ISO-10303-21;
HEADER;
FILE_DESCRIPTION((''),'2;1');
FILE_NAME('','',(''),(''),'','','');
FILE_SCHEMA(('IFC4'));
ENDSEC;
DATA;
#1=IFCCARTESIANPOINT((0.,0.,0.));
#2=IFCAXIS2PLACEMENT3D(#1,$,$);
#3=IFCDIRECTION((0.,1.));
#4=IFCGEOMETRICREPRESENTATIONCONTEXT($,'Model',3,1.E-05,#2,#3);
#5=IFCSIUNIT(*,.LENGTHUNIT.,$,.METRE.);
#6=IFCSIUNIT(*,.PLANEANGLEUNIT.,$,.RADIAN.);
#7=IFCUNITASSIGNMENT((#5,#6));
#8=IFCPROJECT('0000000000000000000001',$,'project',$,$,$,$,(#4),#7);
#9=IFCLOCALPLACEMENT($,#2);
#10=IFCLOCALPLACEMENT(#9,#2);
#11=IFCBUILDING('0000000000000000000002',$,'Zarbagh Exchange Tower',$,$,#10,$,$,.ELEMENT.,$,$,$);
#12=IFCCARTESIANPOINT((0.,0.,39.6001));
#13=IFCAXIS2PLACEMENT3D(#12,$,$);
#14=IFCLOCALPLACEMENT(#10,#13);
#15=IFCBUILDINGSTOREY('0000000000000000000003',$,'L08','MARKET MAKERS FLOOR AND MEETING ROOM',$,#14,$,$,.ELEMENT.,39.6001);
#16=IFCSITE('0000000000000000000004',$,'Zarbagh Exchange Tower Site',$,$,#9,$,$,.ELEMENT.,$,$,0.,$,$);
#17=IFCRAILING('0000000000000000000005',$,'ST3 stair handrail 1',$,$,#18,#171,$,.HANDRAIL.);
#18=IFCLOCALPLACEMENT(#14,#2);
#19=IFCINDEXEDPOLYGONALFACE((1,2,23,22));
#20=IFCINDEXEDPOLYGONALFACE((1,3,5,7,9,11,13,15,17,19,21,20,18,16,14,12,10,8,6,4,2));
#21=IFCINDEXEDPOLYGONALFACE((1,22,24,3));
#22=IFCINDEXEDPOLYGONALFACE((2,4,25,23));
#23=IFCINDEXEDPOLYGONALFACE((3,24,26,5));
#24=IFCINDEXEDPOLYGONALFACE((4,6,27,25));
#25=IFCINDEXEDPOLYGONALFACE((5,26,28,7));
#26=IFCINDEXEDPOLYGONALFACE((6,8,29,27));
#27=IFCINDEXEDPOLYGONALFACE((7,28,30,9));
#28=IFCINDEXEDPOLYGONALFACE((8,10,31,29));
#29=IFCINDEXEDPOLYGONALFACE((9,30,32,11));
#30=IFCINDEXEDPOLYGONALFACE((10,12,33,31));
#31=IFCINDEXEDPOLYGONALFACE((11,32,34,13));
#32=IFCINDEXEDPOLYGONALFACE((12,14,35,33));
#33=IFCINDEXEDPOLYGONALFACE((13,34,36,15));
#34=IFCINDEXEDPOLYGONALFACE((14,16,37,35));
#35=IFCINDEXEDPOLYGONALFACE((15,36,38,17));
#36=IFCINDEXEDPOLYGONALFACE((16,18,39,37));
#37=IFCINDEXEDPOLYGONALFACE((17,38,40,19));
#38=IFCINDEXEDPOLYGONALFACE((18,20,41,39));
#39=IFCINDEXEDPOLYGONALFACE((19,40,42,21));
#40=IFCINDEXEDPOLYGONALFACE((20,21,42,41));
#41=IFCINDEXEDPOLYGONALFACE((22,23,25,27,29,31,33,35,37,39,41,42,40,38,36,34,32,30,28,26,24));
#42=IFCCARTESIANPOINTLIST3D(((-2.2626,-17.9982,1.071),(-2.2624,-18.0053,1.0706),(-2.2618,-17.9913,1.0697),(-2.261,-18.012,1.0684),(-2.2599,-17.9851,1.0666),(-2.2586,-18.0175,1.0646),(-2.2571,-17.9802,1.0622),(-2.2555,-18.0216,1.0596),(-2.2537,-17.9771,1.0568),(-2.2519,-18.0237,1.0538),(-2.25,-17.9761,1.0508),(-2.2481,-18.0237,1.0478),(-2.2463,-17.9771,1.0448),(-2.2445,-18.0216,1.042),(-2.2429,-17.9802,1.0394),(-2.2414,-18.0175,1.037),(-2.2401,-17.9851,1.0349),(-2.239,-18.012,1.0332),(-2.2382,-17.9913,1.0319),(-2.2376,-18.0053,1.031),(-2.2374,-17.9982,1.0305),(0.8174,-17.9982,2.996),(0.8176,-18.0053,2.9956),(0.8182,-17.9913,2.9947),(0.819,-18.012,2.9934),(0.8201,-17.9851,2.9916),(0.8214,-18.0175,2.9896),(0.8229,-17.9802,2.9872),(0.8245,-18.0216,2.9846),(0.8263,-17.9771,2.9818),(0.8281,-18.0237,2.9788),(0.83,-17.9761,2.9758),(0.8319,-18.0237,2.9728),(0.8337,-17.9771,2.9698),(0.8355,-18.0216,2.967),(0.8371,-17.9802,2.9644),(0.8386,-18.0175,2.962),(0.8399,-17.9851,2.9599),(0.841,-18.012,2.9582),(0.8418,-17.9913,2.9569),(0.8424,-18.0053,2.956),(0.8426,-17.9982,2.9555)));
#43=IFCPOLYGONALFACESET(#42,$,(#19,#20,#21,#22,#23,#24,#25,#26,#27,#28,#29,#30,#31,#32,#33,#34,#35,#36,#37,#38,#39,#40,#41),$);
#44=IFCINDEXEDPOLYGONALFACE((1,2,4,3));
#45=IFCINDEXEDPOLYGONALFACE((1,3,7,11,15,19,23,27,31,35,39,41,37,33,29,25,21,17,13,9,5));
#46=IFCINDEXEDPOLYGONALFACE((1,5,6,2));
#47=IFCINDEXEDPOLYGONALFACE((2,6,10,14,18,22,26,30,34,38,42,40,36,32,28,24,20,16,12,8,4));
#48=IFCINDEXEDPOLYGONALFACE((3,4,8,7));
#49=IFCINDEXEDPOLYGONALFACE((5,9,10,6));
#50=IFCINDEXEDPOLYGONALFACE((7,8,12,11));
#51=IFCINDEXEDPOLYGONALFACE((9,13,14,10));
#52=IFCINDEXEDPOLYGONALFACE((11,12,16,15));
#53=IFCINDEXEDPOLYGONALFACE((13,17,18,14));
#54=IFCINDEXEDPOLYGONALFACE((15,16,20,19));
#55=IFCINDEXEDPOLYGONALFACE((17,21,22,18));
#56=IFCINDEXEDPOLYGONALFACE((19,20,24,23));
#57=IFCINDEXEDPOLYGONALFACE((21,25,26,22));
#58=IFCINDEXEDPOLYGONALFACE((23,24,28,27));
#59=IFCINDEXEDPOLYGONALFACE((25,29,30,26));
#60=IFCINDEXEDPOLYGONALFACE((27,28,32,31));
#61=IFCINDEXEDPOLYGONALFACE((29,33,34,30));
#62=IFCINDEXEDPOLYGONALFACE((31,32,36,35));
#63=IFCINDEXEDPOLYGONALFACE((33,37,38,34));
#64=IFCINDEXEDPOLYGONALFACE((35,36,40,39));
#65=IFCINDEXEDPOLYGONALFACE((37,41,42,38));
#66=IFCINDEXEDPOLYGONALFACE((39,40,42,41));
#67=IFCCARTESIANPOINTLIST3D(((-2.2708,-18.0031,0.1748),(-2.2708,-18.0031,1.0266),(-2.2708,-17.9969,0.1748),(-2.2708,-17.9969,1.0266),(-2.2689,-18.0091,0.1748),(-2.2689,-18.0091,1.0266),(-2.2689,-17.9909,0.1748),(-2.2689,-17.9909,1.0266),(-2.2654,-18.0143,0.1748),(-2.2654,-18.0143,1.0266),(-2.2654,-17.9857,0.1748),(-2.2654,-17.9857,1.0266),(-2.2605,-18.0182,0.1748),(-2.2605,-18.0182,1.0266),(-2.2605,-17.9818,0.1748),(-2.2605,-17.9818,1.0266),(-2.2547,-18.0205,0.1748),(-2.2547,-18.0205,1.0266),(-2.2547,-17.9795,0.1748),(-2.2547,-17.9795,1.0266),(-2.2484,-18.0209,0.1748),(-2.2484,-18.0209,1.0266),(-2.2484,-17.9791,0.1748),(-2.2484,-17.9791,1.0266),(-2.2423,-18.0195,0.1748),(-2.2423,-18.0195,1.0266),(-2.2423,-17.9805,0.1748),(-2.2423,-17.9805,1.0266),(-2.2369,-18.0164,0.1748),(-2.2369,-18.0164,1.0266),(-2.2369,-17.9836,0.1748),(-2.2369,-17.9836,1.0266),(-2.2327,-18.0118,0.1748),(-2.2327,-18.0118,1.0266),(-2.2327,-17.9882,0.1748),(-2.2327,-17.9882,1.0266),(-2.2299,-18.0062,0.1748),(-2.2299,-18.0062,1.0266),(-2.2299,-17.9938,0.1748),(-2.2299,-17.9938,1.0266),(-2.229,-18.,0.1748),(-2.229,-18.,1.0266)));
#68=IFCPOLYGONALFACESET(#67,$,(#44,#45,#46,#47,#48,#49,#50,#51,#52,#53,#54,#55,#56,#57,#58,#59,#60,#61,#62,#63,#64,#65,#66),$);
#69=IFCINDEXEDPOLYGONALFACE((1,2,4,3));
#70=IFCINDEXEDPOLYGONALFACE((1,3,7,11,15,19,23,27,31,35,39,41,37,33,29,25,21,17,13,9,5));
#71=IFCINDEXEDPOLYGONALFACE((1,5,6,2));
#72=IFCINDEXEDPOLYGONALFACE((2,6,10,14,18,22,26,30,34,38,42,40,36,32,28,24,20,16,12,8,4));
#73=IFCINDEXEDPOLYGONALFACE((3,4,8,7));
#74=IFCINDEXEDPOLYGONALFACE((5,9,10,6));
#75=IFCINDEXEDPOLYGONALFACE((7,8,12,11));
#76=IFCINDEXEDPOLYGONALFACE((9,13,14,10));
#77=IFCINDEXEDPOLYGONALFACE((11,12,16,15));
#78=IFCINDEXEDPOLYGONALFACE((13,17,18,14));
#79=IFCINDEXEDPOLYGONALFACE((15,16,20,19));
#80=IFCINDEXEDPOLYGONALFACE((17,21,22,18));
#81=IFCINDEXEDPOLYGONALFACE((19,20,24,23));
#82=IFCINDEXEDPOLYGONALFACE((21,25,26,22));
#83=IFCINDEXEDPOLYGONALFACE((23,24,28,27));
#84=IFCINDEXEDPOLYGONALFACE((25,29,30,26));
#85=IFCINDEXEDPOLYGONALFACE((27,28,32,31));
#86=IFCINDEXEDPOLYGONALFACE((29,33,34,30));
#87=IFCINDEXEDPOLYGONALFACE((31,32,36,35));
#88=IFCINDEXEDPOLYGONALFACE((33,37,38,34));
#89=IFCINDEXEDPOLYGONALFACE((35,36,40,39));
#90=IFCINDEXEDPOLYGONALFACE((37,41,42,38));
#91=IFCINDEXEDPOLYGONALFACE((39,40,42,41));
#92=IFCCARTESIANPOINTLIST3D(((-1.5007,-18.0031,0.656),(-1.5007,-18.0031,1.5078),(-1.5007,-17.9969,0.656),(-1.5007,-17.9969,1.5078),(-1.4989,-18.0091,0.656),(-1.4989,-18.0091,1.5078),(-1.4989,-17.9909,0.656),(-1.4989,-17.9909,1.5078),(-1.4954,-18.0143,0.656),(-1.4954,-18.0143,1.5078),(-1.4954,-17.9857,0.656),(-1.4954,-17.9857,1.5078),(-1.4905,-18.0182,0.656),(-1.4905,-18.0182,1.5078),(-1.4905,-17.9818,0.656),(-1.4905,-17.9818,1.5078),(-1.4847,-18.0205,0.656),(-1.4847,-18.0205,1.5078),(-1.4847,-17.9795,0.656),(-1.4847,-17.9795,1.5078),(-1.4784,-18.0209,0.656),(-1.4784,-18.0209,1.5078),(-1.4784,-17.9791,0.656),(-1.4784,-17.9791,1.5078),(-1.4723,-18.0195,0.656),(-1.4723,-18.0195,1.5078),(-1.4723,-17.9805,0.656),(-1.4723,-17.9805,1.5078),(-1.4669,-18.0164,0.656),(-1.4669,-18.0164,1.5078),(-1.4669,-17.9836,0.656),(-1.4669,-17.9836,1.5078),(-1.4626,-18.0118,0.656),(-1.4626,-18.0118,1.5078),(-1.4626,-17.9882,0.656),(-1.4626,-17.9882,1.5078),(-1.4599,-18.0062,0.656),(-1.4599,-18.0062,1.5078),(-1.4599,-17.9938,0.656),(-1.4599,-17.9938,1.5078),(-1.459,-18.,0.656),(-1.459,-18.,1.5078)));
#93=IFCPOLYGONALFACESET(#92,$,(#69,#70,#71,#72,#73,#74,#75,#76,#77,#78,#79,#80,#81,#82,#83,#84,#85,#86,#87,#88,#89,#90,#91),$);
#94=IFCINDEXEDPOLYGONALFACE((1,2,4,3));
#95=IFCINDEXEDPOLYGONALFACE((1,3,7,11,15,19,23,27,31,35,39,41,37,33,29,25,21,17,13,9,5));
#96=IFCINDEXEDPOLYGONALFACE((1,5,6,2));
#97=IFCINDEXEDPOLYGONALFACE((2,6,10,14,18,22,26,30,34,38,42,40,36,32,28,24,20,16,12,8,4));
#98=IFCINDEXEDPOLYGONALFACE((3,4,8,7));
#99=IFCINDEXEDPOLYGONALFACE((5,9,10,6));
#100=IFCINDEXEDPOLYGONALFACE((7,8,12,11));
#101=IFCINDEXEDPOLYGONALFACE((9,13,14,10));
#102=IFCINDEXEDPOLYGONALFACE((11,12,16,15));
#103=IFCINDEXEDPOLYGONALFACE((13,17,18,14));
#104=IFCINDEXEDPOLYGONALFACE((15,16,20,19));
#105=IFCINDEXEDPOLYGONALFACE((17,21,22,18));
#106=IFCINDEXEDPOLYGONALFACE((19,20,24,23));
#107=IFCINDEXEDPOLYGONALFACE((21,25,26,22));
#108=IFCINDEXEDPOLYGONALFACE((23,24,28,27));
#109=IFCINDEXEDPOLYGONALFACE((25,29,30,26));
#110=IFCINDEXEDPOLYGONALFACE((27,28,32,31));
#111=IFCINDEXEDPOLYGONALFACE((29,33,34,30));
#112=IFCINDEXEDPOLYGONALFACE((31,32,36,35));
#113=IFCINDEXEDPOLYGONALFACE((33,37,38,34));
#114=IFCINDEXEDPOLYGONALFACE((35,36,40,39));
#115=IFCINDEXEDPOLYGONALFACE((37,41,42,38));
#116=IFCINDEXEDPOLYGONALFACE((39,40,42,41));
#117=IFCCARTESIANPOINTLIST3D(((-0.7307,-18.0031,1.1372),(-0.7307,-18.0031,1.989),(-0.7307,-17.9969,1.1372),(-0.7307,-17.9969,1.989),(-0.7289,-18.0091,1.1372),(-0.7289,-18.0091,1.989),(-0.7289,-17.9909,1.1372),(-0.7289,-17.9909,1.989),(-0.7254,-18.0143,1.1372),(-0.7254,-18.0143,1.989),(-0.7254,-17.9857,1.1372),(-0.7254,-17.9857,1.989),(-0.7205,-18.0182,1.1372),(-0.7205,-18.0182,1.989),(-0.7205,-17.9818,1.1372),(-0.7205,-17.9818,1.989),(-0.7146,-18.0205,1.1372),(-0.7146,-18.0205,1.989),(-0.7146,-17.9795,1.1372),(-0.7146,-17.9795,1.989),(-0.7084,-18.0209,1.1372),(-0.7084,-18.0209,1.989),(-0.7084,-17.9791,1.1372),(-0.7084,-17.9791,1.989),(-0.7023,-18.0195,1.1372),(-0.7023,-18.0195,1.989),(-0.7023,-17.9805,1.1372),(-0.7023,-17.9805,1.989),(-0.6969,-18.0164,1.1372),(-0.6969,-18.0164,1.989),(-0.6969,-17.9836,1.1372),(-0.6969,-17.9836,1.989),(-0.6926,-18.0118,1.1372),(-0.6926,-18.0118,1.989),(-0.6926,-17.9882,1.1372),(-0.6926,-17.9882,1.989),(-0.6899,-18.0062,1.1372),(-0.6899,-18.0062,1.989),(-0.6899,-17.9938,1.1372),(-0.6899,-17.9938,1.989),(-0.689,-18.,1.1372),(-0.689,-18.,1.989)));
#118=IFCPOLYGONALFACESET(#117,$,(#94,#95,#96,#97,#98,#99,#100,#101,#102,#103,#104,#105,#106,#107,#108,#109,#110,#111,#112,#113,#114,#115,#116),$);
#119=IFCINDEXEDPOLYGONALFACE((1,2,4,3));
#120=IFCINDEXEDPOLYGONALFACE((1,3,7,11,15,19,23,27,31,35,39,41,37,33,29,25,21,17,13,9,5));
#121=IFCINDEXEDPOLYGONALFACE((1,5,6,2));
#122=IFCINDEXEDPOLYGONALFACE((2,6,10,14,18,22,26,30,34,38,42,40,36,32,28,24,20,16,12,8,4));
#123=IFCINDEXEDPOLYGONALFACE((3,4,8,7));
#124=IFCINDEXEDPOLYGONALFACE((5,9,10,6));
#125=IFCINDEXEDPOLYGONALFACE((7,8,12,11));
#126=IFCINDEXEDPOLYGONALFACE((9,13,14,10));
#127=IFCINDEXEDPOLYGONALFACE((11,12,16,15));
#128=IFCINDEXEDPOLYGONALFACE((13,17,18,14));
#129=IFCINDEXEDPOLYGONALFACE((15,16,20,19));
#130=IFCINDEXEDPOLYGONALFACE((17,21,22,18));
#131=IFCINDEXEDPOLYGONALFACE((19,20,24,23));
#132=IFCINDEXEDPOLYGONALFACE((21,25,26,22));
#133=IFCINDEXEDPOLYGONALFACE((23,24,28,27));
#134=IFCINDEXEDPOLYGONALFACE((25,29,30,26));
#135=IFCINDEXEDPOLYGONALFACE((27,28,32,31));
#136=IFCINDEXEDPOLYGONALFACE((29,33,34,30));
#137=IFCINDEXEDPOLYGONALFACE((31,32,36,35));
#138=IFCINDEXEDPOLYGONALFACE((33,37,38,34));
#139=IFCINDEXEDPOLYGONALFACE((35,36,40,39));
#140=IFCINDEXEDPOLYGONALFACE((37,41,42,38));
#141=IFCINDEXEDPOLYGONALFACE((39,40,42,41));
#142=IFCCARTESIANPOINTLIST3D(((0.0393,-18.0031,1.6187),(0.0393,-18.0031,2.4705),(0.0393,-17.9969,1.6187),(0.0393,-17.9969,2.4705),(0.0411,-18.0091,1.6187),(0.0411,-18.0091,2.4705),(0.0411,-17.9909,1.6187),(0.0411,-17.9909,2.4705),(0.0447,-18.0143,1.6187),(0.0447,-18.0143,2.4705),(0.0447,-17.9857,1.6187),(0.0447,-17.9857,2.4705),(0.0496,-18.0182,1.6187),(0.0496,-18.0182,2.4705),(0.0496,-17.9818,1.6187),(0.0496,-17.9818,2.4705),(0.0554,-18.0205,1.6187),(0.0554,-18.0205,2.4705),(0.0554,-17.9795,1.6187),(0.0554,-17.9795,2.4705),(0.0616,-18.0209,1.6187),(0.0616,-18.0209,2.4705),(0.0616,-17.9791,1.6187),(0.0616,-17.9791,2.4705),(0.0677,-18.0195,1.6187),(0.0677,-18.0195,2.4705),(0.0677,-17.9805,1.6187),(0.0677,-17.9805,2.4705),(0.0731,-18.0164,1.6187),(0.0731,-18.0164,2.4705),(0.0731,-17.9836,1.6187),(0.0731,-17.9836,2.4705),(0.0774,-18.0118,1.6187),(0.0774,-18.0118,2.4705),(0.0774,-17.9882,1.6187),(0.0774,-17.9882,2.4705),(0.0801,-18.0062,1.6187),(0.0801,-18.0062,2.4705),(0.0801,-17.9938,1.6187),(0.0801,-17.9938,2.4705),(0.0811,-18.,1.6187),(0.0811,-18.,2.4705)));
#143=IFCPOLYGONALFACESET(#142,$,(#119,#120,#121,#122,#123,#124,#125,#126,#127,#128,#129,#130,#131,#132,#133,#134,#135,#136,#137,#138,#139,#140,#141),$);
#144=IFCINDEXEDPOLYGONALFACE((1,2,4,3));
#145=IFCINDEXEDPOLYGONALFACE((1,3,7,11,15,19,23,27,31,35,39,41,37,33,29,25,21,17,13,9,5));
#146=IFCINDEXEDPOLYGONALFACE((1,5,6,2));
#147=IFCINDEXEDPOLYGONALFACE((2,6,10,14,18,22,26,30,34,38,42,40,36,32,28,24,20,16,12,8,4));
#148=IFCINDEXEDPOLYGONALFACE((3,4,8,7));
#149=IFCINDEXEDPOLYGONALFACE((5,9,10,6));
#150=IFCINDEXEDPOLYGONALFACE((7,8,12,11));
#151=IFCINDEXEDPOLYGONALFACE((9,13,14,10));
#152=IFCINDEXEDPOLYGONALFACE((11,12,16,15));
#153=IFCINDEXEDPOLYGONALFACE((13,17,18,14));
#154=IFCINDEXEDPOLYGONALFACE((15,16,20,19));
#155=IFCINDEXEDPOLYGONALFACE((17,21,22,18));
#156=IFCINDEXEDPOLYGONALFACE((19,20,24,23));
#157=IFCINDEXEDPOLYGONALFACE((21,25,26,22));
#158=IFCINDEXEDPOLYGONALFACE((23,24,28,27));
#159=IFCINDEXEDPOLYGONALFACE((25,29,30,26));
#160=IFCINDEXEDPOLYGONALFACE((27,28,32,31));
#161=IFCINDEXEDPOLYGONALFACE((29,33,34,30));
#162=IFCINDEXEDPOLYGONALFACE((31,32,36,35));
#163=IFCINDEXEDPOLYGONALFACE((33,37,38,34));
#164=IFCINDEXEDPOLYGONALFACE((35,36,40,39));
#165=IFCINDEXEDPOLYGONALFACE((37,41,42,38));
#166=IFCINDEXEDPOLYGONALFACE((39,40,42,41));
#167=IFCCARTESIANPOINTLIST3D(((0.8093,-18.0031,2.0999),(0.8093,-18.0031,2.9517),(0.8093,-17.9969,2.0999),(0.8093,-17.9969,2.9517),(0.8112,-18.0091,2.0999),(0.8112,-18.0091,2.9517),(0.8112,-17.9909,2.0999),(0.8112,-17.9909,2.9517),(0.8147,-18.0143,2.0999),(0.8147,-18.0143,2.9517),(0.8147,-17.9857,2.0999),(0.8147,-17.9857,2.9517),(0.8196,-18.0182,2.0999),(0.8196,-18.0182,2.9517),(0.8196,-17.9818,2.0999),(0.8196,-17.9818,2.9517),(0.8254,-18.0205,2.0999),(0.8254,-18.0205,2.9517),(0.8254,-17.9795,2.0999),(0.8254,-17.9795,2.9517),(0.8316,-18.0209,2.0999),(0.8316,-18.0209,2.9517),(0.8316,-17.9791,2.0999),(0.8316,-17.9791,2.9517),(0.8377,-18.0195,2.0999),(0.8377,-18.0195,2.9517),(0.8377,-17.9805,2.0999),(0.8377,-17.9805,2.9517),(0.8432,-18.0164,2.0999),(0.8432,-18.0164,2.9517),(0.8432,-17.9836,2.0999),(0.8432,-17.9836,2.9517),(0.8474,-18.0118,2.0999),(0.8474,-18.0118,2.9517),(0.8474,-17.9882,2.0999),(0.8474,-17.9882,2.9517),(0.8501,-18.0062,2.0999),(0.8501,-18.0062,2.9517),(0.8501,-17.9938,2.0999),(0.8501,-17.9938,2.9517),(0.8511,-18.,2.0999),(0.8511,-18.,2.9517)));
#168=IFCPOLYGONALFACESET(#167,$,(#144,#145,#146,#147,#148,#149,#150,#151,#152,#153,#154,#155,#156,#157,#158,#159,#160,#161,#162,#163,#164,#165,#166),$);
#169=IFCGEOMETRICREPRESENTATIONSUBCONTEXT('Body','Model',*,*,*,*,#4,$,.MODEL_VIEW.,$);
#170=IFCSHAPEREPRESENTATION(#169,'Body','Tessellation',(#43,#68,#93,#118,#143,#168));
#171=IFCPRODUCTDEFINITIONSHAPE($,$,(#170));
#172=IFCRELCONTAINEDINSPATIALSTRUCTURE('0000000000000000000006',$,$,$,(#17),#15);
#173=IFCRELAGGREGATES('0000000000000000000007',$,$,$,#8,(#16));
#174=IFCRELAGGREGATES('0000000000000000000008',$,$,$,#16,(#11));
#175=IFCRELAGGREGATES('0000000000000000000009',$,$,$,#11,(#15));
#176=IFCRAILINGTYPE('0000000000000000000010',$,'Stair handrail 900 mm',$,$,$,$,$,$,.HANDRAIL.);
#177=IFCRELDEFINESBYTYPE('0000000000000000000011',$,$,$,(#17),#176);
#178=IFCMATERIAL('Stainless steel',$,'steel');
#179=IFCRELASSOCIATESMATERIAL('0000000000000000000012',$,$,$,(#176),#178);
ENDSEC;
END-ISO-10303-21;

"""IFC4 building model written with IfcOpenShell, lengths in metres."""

from ifc_helpers import new_model, si_unit, direction, frame, origin, origin_2d, place, context, subcontext, project, spatial, circle, extrude, material, type_object, element, save


model = new_model("IFC4")

# Units and contexts
model_context = context("Model", 3, precision=1e-05, world=origin(), true_north=direction((0.0, 1.0)))
body_context = subcontext(model_context, "Body", "Model", "MODEL_VIEW")
ifc_project = project(units=[si_unit("LENGTHUNIT", "METRE"), si_unit("PLANEANGLEUNIT", "RADIAN")], contexts=[model_context])

# Site, building, storey
site_placement = place(None, origin())
site = spatial("IfcSite", under=ifc_project, at=site_placement, Name="Zarbagh Exchange Tower Site", CompositionType="ELEMENT", RefElevation=0.0)
building_placement = place(site_placement, origin())
building = spatial("IfcBuilding", under=site, at=building_placement, Name="Zarbagh Exchange Tower", CompositionType="ELEMENT")
storey_placement = place(building_placement, frame((0.0, 0.0, 39.6001)))
storey = spatial("IfcBuildingStorey", under=building, at=storey_placement, Name="L08", Description="MARKET MAKERS FLOOR AND MEETING ROOM", CompositionType="ELEMENT", Elevation=39.6001)

# Shared definitions
ifc_material_1 = material(Name="Stainless steel", Category="steel")

# Railing
railing_type_1 = type_object("IfcRailingType", Name="Stair handrail 900 mm", PredefinedType="HANDRAIL", material=ifc_material_1)
for number, where, name in (
    (1, (-2.25, -18.0, 0.1748), "ST3 stair handrail 1"),
):
    element("IfcRailing", number, at=place(storey_placement, frame(where)), inside=storey, type_object=railing_type_1, Name=name, PredefinedType="HANDRAIL", context=body_context, shape_type="SweptSolid", body=[
        extrude(circle(Radius=0.0239, at=origin_2d()), frame((0.0, 0.0, 0.876), z_axis=(0.847998, 0.0, 0.529999), x_axis=(0.0, 1.0, 0.0)), (0.0, 0.0, 1.0), 3.6321),
        extrude(circle(Radius=0.021, at=origin_2d()), origin(), (0.0, 0.0, 1.0), 0.8518),
        extrude(circle(Radius=0.021, at=origin_2d()), frame((0.77, 0.0, 0.4812)), (0.0, 0.0, 1.0), 0.8518),
        extrude(circle(Radius=0.021, at=origin_2d()), frame((1.54, 0.0, 0.9624)), (0.0, 0.0, 1.0), 0.8518),
        extrude(circle(Radius=0.021, at=origin_2d()), frame((2.3101, 0.0, 1.4438)), (0.0, 0.0, 1.0), 0.8518),
        extrude(circle(Radius=0.021, at=origin_2d()), frame((3.0801, 0.0, 1.925)), (0.0, 0.0, 1.0), 0.8518),
    ])

save(model, "model.ifc")
